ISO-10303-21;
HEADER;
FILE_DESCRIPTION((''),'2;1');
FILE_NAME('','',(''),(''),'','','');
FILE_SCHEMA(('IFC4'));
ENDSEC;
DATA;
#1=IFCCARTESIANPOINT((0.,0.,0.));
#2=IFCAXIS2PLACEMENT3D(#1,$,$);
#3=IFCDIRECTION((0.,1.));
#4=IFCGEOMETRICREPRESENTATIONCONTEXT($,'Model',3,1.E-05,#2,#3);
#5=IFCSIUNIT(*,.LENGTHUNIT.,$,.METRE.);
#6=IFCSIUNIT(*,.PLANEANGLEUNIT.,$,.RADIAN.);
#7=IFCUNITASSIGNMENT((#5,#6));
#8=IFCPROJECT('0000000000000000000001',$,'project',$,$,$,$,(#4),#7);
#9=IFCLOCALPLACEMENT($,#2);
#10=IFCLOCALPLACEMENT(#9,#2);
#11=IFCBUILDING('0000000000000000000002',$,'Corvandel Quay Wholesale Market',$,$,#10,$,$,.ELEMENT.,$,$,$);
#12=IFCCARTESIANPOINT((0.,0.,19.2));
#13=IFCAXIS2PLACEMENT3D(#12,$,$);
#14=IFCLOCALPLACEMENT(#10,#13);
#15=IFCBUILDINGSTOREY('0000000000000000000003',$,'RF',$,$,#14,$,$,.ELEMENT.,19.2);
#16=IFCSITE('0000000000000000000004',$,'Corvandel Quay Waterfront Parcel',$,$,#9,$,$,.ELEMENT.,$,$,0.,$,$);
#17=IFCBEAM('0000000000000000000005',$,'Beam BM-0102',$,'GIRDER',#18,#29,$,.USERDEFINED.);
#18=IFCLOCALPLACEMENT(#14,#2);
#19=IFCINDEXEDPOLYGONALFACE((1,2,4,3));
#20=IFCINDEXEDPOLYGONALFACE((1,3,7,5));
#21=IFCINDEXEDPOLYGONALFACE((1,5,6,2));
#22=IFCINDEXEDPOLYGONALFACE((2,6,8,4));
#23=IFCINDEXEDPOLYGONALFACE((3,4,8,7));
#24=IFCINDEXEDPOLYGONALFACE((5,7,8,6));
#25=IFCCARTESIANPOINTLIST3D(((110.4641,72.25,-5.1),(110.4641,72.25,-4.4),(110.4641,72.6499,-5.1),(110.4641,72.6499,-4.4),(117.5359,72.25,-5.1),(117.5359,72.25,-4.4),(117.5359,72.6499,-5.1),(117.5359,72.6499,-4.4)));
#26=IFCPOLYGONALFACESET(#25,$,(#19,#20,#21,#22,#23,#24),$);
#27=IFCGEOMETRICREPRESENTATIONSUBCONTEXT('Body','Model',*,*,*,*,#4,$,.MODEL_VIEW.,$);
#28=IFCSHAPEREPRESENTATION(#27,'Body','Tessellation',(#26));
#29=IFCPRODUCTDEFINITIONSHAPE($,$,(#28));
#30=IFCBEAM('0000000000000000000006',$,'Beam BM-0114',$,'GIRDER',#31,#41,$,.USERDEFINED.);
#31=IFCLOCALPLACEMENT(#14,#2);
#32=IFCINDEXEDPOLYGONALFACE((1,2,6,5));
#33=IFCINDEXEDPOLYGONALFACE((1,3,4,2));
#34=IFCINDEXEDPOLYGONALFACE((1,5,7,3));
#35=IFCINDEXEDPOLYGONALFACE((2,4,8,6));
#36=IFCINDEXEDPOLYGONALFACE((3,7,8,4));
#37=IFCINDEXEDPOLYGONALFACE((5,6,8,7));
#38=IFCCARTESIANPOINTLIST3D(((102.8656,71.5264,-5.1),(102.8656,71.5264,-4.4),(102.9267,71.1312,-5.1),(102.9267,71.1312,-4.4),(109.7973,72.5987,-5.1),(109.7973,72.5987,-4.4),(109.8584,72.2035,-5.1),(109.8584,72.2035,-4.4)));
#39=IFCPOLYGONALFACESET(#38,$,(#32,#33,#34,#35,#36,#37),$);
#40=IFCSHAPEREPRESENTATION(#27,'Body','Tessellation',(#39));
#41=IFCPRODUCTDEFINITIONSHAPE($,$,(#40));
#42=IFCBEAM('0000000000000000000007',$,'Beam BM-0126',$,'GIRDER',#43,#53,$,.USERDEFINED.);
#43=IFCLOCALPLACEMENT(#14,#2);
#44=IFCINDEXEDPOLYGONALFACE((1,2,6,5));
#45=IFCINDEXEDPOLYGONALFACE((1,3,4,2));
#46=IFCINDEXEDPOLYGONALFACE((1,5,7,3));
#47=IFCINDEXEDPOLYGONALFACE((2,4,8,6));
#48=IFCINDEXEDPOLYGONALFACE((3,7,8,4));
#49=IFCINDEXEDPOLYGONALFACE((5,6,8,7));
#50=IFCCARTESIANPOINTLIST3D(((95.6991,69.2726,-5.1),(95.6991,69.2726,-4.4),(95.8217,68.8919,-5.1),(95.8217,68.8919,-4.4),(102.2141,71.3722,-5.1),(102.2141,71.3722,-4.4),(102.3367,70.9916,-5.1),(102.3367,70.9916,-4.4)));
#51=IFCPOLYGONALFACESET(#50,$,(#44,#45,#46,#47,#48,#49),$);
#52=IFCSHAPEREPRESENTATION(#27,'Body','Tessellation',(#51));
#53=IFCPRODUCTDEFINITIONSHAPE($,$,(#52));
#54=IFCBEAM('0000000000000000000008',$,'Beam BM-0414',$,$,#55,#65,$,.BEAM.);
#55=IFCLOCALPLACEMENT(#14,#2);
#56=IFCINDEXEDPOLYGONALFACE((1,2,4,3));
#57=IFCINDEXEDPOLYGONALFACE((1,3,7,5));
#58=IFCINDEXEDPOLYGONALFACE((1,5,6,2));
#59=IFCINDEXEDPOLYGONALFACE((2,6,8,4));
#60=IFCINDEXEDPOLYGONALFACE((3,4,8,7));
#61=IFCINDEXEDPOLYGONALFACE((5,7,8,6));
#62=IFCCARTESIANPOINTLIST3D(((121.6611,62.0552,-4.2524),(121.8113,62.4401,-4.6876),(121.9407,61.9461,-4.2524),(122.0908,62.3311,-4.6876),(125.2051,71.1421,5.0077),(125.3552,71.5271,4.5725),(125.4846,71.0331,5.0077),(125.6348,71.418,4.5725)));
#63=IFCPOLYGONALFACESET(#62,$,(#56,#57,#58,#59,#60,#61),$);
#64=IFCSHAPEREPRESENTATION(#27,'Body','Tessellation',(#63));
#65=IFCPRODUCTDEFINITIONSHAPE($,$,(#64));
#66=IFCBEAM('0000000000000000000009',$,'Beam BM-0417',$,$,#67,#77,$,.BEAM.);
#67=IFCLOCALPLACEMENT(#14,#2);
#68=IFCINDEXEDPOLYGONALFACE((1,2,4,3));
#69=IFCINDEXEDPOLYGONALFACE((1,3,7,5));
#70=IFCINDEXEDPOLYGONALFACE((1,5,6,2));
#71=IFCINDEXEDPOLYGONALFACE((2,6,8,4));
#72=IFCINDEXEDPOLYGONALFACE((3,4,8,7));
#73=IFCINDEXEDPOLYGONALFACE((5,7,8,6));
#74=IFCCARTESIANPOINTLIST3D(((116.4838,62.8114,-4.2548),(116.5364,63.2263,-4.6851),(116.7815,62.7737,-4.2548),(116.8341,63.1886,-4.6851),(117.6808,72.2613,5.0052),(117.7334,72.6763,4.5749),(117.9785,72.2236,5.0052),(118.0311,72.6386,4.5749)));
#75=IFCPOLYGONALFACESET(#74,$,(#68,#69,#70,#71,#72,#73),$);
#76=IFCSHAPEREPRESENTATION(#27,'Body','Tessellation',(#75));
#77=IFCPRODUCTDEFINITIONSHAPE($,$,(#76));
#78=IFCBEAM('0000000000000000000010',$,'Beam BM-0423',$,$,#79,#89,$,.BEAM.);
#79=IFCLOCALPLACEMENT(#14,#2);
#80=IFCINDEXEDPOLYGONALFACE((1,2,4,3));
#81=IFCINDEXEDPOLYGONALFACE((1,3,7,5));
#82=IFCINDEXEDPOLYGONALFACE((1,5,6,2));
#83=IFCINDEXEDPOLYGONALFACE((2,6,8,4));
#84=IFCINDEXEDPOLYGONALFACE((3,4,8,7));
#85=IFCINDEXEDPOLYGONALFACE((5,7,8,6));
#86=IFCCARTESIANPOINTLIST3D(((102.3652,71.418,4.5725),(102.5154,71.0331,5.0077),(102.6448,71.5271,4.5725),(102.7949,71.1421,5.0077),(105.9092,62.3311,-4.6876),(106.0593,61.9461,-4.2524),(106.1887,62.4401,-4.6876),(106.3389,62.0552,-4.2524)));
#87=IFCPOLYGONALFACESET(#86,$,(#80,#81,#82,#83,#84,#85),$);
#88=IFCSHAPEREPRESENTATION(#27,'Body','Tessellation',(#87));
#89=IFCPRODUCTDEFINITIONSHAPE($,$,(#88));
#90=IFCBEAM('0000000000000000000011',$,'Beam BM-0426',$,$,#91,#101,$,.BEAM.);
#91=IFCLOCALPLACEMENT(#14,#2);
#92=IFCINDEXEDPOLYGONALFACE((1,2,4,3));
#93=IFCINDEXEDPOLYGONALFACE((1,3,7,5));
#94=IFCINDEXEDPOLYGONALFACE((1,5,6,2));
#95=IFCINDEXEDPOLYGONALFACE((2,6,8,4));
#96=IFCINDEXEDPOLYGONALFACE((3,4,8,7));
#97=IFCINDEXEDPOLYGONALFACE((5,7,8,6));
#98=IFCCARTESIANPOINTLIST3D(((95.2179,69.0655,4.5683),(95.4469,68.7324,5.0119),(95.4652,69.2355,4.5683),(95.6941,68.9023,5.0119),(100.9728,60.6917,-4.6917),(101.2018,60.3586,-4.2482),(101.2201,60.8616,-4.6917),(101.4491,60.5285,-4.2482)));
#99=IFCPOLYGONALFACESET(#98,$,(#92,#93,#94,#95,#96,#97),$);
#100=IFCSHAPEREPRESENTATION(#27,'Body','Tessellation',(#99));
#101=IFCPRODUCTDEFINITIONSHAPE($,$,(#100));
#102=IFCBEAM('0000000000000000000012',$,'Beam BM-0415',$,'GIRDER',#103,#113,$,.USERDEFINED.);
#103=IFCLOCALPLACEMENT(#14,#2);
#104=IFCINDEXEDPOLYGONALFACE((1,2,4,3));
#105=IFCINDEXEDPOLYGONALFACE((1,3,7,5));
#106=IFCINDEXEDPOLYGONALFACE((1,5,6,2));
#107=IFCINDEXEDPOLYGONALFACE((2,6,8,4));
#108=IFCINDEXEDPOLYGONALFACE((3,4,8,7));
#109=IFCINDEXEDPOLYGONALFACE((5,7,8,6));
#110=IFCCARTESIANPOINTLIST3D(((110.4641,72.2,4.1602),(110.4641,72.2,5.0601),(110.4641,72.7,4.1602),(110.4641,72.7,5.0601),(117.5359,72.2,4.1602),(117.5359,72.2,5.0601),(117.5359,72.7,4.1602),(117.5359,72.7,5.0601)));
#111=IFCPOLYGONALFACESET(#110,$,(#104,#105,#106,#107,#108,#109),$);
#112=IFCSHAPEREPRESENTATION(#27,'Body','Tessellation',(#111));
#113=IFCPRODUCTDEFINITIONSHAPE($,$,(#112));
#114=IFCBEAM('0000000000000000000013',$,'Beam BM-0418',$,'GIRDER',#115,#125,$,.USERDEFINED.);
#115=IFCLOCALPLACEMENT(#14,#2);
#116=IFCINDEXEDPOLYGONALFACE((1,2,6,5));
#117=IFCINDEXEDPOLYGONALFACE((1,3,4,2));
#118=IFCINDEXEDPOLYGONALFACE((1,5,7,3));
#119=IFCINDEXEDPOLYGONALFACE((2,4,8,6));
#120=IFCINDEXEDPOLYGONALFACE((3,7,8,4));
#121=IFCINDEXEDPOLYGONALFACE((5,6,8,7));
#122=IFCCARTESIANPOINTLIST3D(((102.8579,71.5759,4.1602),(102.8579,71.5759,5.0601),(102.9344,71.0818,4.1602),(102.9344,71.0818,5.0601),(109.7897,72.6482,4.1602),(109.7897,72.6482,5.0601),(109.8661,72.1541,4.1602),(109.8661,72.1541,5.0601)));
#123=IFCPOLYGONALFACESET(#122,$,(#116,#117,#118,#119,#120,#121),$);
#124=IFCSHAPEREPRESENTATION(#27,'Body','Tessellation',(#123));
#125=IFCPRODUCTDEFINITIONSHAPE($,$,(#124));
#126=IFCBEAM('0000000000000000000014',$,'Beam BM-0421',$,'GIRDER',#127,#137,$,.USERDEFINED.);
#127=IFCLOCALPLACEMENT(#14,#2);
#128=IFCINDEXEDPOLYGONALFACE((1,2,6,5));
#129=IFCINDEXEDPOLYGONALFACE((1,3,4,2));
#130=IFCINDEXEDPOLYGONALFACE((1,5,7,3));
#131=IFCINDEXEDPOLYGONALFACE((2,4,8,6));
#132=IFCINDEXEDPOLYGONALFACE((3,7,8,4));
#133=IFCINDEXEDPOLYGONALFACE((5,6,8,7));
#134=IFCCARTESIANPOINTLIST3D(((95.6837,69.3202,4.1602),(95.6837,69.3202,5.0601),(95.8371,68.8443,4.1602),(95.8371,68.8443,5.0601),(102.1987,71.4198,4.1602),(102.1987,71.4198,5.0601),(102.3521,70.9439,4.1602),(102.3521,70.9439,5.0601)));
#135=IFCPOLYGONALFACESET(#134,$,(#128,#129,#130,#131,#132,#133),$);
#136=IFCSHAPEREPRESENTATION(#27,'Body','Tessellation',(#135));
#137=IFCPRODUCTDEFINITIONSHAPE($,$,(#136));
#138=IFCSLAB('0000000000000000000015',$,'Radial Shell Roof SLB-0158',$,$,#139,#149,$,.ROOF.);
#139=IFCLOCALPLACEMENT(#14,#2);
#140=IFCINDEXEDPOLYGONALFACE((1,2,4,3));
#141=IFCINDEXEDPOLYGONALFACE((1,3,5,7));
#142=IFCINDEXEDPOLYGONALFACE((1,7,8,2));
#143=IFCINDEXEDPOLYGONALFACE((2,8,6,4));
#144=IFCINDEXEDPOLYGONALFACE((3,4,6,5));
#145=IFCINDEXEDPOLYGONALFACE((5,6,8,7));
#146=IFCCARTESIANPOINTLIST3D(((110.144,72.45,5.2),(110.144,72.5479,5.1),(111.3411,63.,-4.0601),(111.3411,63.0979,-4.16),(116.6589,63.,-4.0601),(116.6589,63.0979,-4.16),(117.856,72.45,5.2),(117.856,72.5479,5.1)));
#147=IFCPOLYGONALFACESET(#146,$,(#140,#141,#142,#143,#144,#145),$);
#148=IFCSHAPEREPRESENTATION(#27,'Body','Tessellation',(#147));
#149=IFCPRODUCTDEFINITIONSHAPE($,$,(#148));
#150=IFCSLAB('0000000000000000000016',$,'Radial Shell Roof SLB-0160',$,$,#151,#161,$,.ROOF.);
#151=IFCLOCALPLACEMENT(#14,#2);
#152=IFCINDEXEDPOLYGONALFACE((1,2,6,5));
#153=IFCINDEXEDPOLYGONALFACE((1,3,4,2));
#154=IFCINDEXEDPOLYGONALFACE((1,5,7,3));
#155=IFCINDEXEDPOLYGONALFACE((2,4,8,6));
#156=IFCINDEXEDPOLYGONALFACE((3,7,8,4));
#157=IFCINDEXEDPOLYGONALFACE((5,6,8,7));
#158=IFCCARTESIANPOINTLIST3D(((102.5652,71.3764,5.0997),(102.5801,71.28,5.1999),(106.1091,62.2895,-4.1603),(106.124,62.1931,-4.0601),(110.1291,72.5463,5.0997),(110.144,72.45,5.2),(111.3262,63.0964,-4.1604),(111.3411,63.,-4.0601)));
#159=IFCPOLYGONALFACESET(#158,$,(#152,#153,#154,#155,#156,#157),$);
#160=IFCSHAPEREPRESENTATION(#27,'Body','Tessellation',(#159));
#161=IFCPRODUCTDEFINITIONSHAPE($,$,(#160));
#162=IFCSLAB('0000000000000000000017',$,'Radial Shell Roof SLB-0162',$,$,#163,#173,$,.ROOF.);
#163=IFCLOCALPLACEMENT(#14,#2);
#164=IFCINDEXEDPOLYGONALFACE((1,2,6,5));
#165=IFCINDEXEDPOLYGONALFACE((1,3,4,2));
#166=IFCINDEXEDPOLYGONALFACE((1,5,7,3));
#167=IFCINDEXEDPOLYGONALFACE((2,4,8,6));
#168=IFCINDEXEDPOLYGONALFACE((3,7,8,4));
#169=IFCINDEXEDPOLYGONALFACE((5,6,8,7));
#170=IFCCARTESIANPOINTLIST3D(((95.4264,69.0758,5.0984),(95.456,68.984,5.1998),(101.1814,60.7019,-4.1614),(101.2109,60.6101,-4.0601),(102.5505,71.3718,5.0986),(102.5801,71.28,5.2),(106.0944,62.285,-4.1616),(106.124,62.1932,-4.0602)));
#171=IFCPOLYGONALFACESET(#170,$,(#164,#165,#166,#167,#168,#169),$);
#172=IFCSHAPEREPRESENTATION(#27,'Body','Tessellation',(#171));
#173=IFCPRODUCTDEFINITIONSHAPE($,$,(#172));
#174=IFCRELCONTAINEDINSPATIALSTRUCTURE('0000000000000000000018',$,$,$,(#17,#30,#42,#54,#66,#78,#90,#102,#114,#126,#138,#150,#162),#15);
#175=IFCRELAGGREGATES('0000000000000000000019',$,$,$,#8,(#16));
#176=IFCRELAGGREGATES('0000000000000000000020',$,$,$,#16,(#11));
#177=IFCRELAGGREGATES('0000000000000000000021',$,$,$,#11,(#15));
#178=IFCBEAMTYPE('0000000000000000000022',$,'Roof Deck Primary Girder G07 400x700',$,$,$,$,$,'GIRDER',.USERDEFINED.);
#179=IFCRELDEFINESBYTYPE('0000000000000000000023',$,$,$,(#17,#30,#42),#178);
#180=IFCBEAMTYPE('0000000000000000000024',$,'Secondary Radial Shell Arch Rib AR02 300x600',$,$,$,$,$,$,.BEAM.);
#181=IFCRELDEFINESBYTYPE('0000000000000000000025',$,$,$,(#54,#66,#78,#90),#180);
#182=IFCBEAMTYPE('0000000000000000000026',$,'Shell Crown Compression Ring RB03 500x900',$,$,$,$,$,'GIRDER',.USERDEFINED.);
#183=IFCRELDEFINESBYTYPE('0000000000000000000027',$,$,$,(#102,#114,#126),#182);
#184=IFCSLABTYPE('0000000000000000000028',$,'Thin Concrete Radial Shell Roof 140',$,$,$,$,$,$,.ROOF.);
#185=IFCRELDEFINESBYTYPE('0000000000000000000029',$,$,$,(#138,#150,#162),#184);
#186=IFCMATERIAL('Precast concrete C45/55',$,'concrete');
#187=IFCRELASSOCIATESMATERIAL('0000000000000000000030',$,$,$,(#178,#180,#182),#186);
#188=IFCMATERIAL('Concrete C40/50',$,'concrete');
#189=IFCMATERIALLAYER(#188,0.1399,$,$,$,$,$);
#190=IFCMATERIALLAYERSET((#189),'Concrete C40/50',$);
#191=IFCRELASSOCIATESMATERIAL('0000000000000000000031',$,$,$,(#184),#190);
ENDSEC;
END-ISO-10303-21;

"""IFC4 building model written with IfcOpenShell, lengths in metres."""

from ifc_helpers import new_model, si_unit, direction, frame, origin, origin_2d, place, context, subcontext, project, spatial, polyline, rectangle, outline, extrude, material, layer, layer_set, material_profile, profile_set, type_object, element, save


model = new_model("IFC4")

# Units and contexts
model_context = context("Model", 3, precision=1e-05, world=origin(), true_north=direction((0.0, 1.0)))
body_context = subcontext(model_context, "Body", "Model", "MODEL_VIEW")
ifc_project = project(units=[si_unit("LENGTHUNIT", "METRE"), si_unit("PLANEANGLEUNIT", "RADIAN")], contexts=[model_context])

# Site, building, storey
site_placement = place(None, origin())
site = spatial("IfcSite", under=ifc_project, at=site_placement, Name="Corvandel Quay Waterfront Parcel", CompositionType="ELEMENT", RefElevation=0.0)
building_placement = place(site_placement, origin())
building = spatial("IfcBuilding", under=site, at=building_placement, Name="Corvandel Quay Wholesale Market", CompositionType="ELEMENT")
storey_placement = place(building_placement, frame((0.0, 0.0, 19.2)))
storey = spatial("IfcBuildingStorey", under=building, at=storey_placement, Name="RF", CompositionType="ELEMENT", Elevation=19.2)

# Shared definitions
ifc_material_1 = material(Name="Precast concrete C45/55", Category="concrete")

# Beams
ifc_material_profile_1 = material_profile(ifc_material_1, rectangle(XDim=0.3999, YDim=0.7, at=origin_2d()), Name="PC-GIR-400x700")
ifc_profile_set_1 = profile_set([ifc_material_profile_1], Name="Precast concrete C45/55")
beam_type_1 = type_object("IfcBeamType", Name="Roof Deck Primary Girder G07 400x700", ElementType="GIRDER", PredefinedType="USERDEFINED", material=ifc_profile_set_1)
beam_1_placement = place(storey_placement, frame((117.5359, 72.45, -4.75), z_axis=(-1.0, 0.0, 0.0), x_axis=(0.0, -1.0, 0.0)))
element("IfcBeam", 1, at=beam_1_placement, inside=storey, type_object=beam_type_1, Name="Beam BM-0102", ObjectType="GIRDER", PredefinedType="USERDEFINED", context=body_context, shape_type="SweptSolid", body=[
    extrude(rectangle(XDim=0.3999, YDim=0.7, at=origin_2d()), origin(), (0.0, 0.0, 1.0), 7.0718),
])
beam_2_placement = place(storey_placement, frame((109.8279, 72.4011, -4.75), z_axis=(-0.988246, -0.152873, 0.0), x_axis=(0.152873, -0.988246, 0.0)))
element("IfcBeam", 2, at=beam_2_placement, inside=storey, type_object=beam_type_1, Name="Beam BM-0114", ObjectType="GIRDER", PredefinedType="USERDEFINED", context=body_context, shape_type="SweptSolid", body=[
    extrude(rectangle(XDim=0.3999, YDim=0.7, at=origin_2d()), origin(), (0.0, 0.0, 1.0), 7.0142),
])
beam_3_placement = place(storey_placement, frame((102.2754, 71.1819, -4.75), z_axis=(-0.951793, -0.306742, 0.0), x_axis=(0.306742, -0.951793, 0.0)))
element("IfcBeam", 3, at=beam_3_placement, inside=storey, type_object=beam_type_1, Name="Beam BM-0126", ObjectType="GIRDER", PredefinedType="USERDEFINED", context=body_context, shape_type="SweptSolid", body=[
    extrude(rectangle(XDim=0.3999, YDim=0.7, at=origin_2d()), origin(), (0.0, 0.0, 1.0), 6.845),
])
ifc_material_profile_2 = material_profile(ifc_material_1, rectangle(XDim=0.3, YDim=0.6001, at=origin_2d()), Name="PC-RIB-300x600")
ifc_profile_set_2 = profile_set([ifc_material_profile_2], Name="Precast concrete C45/55")
beam_type_2 = type_object("IfcBeamType", Name="Secondary Radial Shell Arch Rib AR02 300x600", PredefinedType="BEAM", material=ifc_profile_set_2)
beam_4_placement = place(storey_placement, frame((121.876, 62.1931, -4.47), z_axis=(0.263507, 0.67565, 0.688521), x_axis=(-0.931653, 0.36335, 0.0)))
element("IfcBeam", 4, at=beam_4_placement, inside=storey, type_object=beam_type_2, Name="Beam BM-0414", PredefinedType="BEAM", context=body_context, shape_type="SweptSolid", body=[
    extrude(rectangle(XDim=0.3, YDim=0.6001, at=origin_2d()), origin(), (0.0, 0.0, 1.0), 13.4492),
])
beam_5_placement = place(storey_placement, frame((116.6589, 63.0, -4.47), z_axis=(0.090106, 0.711343, 0.697045), x_axis=(-0.992073, 0.125665, 0.0)))
element("IfcBeam", 5, at=beam_5_placement, inside=storey, type_object=beam_type_2, Name="Beam BM-0417", PredefinedType="BEAM", context=body_context, shape_type="SweptSolid", body=[
    extrude(rectangle(XDim=0.3, YDim=0.6001, at=origin_2d()), origin(), (0.0, 0.0, 1.0), 13.2847),
])
beam_6_placement = place(storey_placement, frame((106.124, 62.1931, -4.47), z_axis=(-0.263507, 0.67565, 0.688521), x_axis=(-0.931653, -0.36335, 0.0)))
element("IfcBeam", 6, at=beam_6_placement, inside=storey, type_object=beam_type_2, Name="Beam BM-0423", PredefinedType="BEAM", context=body_context, shape_type="SweptSolid", body=[
    extrude(rectangle(XDim=0.3, YDim=0.6001, at=origin_2d()), origin(), (0.0, 0.0, 1.0), 13.4492),
])
beam_7_placement = place(storey_placement, frame((101.2109, 60.6101, -4.47), z_axis=(-0.418621, 0.609124, 0.67359), x_axis=(-0.824138, -0.566389, 0.0)))
element("IfcBeam", 7, at=beam_7_placement, inside=storey, type_object=beam_type_2, Name="Beam BM-0426", PredefinedType="BEAM", context=body_context, shape_type="SweptSolid", body=[
    extrude(rectangle(XDim=0.3, YDim=0.6001, at=origin_2d()), origin(), (0.0, 0.0, 1.0), 13.7473),
])
ifc_material_profile_3 = material_profile(ifc_material_1, rectangle(XDim=0.5, YDim=0.8999, at=origin_2d()), Name="PC-RING-500x900")
ifc_profile_set_3 = profile_set([ifc_material_profile_3], Name="Precast concrete C45/55")
beam_type_3 = type_object("IfcBeamType", Name="Shell Crown Compression Ring RB03 500x900", ElementType="GIRDER", PredefinedType="USERDEFINED", material=ifc_profile_set_3)
beam_8_placement = place(storey_placement, frame((117.5359, 72.45, 4.6101), z_axis=(-1.0, 0.0, 0.0), x_axis=(0.0, -1.0, 0.0)))
element("IfcBeam", 8, at=beam_8_placement, inside=storey, type_object=beam_type_3, Name="Beam BM-0415", ObjectType="GIRDER", PredefinedType="USERDEFINED", context=body_context, shape_type="SweptSolid", body=[
    extrude(rectangle(XDim=0.5, YDim=0.8999, at=origin_2d()), origin(), (0.0, 0.0, 1.0), 7.0718),
])
beam_9_placement = place(storey_placement, frame((109.8279, 72.4011, 4.6101), z_axis=(-0.988246, -0.152873, 0.0), x_axis=(0.152873, -0.988246, 0.0)))
element("IfcBeam", 9, at=beam_9_placement, inside=storey, type_object=beam_type_3, Name="Beam BM-0418", ObjectType="GIRDER", PredefinedType="USERDEFINED", context=body_context, shape_type="SweptSolid", body=[
    extrude(rectangle(XDim=0.5, YDim=0.8999, at=origin_2d()), origin(), (0.0, 0.0, 1.0), 7.0142),
])
beam_10_placement = place(storey_placement, frame((102.2754, 71.1819, 4.6101), z_axis=(-0.951793, -0.306742, 0.0), x_axis=(0.306742, -0.951793, 0.0)))
element("IfcBeam", 10, at=beam_10_placement, inside=storey, type_object=beam_type_3, Name="Beam BM-0421", ObjectType="GIRDER", PredefinedType="USERDEFINED", context=body_context, shape_type="SweptSolid", body=[
    extrude(rectangle(XDim=0.5, YDim=0.8999, at=origin_2d()), origin(), (0.0, 0.0, 1.0), 6.845),
])

# Slabs
ifc_material_2 = material(Name="Concrete C40/50", Category="concrete")
ifc_layer = layer(ifc_material_2, 0.1399)
ifc_layer_set = layer_set([ifc_layer], Name="Concrete C40/50")
slab_type = type_object("IfcSlabType", Name="Thin Concrete Radial Shell Roof 140", PredefinedType="ROOF", material=ifc_layer_set)
slab_1_placement = place(storey_placement, frame((117.856, 72.45, 5.2), z_axis=(0.0, -0.699892, 0.714248), x_axis=(-1.0, 0.0, 0.0)))
element("IfcSlab", 11, at=slab_1_placement, inside=storey, type_object=slab_type, Name="Radial Shell Roof SLB-0158", PredefinedType="ROOF", context=body_context, shape_type="SweptSolid", body=[
    extrude(outline(polyline([(0.0, 0.0), (7.7119, 0.0), (6.5149, 13.2306), (1.197, 13.2306), (0.0, 0.0)])), origin(), (0.0, 0.0, -1.0), 0.1399),
])
slab_2_placement = place(storey_placement, frame((110.144, 72.45, 5.2), z_axis=(0.106564, -0.688989, 0.716895), x_axis=(-0.988249, -0.152852, -0.000001)))
element("IfcSlab", 12, at=slab_2_placement, inside=storey, type_object=slab_type, Name="Radial Shell Roof SLB-0160", PredefinedType="ROOF", context=body_context, shape_type="SweptSolid", body=[
    extrude(outline(polyline([(0.0, 0.0), (7.6539, 0.0), (5.5406, 13.2821), (0.2615, 13.2821), (0.0, 0.0)])), origin(), (0.0, 0.0, -1.0), 0.1399),
])
slab_3_placement = place(storey_placement, frame((102.5801, 71.28, 5.2), z_axis=(0.211395, -0.655964, 0.724585), x_axis=(-0.95179, -0.306751, -0.00002)))
element("IfcSlab", 13, at=slab_3_placement, inside=storey, type_object=slab_type, Name="Radial Shell Roof SLB-0162", PredefinedType="ROOF", context=body_context, shape_type="SweptSolid", body=[
    extrude(outline(polyline([(0.0, 0.0), (7.4849, 0.0), (4.5763, 13.436), (-0.5855, 13.4364), (0.0, 0.0)])), origin(), (0.0, 0.0, -1.0), 0.1399),
])

save(model, "model.ifc")
